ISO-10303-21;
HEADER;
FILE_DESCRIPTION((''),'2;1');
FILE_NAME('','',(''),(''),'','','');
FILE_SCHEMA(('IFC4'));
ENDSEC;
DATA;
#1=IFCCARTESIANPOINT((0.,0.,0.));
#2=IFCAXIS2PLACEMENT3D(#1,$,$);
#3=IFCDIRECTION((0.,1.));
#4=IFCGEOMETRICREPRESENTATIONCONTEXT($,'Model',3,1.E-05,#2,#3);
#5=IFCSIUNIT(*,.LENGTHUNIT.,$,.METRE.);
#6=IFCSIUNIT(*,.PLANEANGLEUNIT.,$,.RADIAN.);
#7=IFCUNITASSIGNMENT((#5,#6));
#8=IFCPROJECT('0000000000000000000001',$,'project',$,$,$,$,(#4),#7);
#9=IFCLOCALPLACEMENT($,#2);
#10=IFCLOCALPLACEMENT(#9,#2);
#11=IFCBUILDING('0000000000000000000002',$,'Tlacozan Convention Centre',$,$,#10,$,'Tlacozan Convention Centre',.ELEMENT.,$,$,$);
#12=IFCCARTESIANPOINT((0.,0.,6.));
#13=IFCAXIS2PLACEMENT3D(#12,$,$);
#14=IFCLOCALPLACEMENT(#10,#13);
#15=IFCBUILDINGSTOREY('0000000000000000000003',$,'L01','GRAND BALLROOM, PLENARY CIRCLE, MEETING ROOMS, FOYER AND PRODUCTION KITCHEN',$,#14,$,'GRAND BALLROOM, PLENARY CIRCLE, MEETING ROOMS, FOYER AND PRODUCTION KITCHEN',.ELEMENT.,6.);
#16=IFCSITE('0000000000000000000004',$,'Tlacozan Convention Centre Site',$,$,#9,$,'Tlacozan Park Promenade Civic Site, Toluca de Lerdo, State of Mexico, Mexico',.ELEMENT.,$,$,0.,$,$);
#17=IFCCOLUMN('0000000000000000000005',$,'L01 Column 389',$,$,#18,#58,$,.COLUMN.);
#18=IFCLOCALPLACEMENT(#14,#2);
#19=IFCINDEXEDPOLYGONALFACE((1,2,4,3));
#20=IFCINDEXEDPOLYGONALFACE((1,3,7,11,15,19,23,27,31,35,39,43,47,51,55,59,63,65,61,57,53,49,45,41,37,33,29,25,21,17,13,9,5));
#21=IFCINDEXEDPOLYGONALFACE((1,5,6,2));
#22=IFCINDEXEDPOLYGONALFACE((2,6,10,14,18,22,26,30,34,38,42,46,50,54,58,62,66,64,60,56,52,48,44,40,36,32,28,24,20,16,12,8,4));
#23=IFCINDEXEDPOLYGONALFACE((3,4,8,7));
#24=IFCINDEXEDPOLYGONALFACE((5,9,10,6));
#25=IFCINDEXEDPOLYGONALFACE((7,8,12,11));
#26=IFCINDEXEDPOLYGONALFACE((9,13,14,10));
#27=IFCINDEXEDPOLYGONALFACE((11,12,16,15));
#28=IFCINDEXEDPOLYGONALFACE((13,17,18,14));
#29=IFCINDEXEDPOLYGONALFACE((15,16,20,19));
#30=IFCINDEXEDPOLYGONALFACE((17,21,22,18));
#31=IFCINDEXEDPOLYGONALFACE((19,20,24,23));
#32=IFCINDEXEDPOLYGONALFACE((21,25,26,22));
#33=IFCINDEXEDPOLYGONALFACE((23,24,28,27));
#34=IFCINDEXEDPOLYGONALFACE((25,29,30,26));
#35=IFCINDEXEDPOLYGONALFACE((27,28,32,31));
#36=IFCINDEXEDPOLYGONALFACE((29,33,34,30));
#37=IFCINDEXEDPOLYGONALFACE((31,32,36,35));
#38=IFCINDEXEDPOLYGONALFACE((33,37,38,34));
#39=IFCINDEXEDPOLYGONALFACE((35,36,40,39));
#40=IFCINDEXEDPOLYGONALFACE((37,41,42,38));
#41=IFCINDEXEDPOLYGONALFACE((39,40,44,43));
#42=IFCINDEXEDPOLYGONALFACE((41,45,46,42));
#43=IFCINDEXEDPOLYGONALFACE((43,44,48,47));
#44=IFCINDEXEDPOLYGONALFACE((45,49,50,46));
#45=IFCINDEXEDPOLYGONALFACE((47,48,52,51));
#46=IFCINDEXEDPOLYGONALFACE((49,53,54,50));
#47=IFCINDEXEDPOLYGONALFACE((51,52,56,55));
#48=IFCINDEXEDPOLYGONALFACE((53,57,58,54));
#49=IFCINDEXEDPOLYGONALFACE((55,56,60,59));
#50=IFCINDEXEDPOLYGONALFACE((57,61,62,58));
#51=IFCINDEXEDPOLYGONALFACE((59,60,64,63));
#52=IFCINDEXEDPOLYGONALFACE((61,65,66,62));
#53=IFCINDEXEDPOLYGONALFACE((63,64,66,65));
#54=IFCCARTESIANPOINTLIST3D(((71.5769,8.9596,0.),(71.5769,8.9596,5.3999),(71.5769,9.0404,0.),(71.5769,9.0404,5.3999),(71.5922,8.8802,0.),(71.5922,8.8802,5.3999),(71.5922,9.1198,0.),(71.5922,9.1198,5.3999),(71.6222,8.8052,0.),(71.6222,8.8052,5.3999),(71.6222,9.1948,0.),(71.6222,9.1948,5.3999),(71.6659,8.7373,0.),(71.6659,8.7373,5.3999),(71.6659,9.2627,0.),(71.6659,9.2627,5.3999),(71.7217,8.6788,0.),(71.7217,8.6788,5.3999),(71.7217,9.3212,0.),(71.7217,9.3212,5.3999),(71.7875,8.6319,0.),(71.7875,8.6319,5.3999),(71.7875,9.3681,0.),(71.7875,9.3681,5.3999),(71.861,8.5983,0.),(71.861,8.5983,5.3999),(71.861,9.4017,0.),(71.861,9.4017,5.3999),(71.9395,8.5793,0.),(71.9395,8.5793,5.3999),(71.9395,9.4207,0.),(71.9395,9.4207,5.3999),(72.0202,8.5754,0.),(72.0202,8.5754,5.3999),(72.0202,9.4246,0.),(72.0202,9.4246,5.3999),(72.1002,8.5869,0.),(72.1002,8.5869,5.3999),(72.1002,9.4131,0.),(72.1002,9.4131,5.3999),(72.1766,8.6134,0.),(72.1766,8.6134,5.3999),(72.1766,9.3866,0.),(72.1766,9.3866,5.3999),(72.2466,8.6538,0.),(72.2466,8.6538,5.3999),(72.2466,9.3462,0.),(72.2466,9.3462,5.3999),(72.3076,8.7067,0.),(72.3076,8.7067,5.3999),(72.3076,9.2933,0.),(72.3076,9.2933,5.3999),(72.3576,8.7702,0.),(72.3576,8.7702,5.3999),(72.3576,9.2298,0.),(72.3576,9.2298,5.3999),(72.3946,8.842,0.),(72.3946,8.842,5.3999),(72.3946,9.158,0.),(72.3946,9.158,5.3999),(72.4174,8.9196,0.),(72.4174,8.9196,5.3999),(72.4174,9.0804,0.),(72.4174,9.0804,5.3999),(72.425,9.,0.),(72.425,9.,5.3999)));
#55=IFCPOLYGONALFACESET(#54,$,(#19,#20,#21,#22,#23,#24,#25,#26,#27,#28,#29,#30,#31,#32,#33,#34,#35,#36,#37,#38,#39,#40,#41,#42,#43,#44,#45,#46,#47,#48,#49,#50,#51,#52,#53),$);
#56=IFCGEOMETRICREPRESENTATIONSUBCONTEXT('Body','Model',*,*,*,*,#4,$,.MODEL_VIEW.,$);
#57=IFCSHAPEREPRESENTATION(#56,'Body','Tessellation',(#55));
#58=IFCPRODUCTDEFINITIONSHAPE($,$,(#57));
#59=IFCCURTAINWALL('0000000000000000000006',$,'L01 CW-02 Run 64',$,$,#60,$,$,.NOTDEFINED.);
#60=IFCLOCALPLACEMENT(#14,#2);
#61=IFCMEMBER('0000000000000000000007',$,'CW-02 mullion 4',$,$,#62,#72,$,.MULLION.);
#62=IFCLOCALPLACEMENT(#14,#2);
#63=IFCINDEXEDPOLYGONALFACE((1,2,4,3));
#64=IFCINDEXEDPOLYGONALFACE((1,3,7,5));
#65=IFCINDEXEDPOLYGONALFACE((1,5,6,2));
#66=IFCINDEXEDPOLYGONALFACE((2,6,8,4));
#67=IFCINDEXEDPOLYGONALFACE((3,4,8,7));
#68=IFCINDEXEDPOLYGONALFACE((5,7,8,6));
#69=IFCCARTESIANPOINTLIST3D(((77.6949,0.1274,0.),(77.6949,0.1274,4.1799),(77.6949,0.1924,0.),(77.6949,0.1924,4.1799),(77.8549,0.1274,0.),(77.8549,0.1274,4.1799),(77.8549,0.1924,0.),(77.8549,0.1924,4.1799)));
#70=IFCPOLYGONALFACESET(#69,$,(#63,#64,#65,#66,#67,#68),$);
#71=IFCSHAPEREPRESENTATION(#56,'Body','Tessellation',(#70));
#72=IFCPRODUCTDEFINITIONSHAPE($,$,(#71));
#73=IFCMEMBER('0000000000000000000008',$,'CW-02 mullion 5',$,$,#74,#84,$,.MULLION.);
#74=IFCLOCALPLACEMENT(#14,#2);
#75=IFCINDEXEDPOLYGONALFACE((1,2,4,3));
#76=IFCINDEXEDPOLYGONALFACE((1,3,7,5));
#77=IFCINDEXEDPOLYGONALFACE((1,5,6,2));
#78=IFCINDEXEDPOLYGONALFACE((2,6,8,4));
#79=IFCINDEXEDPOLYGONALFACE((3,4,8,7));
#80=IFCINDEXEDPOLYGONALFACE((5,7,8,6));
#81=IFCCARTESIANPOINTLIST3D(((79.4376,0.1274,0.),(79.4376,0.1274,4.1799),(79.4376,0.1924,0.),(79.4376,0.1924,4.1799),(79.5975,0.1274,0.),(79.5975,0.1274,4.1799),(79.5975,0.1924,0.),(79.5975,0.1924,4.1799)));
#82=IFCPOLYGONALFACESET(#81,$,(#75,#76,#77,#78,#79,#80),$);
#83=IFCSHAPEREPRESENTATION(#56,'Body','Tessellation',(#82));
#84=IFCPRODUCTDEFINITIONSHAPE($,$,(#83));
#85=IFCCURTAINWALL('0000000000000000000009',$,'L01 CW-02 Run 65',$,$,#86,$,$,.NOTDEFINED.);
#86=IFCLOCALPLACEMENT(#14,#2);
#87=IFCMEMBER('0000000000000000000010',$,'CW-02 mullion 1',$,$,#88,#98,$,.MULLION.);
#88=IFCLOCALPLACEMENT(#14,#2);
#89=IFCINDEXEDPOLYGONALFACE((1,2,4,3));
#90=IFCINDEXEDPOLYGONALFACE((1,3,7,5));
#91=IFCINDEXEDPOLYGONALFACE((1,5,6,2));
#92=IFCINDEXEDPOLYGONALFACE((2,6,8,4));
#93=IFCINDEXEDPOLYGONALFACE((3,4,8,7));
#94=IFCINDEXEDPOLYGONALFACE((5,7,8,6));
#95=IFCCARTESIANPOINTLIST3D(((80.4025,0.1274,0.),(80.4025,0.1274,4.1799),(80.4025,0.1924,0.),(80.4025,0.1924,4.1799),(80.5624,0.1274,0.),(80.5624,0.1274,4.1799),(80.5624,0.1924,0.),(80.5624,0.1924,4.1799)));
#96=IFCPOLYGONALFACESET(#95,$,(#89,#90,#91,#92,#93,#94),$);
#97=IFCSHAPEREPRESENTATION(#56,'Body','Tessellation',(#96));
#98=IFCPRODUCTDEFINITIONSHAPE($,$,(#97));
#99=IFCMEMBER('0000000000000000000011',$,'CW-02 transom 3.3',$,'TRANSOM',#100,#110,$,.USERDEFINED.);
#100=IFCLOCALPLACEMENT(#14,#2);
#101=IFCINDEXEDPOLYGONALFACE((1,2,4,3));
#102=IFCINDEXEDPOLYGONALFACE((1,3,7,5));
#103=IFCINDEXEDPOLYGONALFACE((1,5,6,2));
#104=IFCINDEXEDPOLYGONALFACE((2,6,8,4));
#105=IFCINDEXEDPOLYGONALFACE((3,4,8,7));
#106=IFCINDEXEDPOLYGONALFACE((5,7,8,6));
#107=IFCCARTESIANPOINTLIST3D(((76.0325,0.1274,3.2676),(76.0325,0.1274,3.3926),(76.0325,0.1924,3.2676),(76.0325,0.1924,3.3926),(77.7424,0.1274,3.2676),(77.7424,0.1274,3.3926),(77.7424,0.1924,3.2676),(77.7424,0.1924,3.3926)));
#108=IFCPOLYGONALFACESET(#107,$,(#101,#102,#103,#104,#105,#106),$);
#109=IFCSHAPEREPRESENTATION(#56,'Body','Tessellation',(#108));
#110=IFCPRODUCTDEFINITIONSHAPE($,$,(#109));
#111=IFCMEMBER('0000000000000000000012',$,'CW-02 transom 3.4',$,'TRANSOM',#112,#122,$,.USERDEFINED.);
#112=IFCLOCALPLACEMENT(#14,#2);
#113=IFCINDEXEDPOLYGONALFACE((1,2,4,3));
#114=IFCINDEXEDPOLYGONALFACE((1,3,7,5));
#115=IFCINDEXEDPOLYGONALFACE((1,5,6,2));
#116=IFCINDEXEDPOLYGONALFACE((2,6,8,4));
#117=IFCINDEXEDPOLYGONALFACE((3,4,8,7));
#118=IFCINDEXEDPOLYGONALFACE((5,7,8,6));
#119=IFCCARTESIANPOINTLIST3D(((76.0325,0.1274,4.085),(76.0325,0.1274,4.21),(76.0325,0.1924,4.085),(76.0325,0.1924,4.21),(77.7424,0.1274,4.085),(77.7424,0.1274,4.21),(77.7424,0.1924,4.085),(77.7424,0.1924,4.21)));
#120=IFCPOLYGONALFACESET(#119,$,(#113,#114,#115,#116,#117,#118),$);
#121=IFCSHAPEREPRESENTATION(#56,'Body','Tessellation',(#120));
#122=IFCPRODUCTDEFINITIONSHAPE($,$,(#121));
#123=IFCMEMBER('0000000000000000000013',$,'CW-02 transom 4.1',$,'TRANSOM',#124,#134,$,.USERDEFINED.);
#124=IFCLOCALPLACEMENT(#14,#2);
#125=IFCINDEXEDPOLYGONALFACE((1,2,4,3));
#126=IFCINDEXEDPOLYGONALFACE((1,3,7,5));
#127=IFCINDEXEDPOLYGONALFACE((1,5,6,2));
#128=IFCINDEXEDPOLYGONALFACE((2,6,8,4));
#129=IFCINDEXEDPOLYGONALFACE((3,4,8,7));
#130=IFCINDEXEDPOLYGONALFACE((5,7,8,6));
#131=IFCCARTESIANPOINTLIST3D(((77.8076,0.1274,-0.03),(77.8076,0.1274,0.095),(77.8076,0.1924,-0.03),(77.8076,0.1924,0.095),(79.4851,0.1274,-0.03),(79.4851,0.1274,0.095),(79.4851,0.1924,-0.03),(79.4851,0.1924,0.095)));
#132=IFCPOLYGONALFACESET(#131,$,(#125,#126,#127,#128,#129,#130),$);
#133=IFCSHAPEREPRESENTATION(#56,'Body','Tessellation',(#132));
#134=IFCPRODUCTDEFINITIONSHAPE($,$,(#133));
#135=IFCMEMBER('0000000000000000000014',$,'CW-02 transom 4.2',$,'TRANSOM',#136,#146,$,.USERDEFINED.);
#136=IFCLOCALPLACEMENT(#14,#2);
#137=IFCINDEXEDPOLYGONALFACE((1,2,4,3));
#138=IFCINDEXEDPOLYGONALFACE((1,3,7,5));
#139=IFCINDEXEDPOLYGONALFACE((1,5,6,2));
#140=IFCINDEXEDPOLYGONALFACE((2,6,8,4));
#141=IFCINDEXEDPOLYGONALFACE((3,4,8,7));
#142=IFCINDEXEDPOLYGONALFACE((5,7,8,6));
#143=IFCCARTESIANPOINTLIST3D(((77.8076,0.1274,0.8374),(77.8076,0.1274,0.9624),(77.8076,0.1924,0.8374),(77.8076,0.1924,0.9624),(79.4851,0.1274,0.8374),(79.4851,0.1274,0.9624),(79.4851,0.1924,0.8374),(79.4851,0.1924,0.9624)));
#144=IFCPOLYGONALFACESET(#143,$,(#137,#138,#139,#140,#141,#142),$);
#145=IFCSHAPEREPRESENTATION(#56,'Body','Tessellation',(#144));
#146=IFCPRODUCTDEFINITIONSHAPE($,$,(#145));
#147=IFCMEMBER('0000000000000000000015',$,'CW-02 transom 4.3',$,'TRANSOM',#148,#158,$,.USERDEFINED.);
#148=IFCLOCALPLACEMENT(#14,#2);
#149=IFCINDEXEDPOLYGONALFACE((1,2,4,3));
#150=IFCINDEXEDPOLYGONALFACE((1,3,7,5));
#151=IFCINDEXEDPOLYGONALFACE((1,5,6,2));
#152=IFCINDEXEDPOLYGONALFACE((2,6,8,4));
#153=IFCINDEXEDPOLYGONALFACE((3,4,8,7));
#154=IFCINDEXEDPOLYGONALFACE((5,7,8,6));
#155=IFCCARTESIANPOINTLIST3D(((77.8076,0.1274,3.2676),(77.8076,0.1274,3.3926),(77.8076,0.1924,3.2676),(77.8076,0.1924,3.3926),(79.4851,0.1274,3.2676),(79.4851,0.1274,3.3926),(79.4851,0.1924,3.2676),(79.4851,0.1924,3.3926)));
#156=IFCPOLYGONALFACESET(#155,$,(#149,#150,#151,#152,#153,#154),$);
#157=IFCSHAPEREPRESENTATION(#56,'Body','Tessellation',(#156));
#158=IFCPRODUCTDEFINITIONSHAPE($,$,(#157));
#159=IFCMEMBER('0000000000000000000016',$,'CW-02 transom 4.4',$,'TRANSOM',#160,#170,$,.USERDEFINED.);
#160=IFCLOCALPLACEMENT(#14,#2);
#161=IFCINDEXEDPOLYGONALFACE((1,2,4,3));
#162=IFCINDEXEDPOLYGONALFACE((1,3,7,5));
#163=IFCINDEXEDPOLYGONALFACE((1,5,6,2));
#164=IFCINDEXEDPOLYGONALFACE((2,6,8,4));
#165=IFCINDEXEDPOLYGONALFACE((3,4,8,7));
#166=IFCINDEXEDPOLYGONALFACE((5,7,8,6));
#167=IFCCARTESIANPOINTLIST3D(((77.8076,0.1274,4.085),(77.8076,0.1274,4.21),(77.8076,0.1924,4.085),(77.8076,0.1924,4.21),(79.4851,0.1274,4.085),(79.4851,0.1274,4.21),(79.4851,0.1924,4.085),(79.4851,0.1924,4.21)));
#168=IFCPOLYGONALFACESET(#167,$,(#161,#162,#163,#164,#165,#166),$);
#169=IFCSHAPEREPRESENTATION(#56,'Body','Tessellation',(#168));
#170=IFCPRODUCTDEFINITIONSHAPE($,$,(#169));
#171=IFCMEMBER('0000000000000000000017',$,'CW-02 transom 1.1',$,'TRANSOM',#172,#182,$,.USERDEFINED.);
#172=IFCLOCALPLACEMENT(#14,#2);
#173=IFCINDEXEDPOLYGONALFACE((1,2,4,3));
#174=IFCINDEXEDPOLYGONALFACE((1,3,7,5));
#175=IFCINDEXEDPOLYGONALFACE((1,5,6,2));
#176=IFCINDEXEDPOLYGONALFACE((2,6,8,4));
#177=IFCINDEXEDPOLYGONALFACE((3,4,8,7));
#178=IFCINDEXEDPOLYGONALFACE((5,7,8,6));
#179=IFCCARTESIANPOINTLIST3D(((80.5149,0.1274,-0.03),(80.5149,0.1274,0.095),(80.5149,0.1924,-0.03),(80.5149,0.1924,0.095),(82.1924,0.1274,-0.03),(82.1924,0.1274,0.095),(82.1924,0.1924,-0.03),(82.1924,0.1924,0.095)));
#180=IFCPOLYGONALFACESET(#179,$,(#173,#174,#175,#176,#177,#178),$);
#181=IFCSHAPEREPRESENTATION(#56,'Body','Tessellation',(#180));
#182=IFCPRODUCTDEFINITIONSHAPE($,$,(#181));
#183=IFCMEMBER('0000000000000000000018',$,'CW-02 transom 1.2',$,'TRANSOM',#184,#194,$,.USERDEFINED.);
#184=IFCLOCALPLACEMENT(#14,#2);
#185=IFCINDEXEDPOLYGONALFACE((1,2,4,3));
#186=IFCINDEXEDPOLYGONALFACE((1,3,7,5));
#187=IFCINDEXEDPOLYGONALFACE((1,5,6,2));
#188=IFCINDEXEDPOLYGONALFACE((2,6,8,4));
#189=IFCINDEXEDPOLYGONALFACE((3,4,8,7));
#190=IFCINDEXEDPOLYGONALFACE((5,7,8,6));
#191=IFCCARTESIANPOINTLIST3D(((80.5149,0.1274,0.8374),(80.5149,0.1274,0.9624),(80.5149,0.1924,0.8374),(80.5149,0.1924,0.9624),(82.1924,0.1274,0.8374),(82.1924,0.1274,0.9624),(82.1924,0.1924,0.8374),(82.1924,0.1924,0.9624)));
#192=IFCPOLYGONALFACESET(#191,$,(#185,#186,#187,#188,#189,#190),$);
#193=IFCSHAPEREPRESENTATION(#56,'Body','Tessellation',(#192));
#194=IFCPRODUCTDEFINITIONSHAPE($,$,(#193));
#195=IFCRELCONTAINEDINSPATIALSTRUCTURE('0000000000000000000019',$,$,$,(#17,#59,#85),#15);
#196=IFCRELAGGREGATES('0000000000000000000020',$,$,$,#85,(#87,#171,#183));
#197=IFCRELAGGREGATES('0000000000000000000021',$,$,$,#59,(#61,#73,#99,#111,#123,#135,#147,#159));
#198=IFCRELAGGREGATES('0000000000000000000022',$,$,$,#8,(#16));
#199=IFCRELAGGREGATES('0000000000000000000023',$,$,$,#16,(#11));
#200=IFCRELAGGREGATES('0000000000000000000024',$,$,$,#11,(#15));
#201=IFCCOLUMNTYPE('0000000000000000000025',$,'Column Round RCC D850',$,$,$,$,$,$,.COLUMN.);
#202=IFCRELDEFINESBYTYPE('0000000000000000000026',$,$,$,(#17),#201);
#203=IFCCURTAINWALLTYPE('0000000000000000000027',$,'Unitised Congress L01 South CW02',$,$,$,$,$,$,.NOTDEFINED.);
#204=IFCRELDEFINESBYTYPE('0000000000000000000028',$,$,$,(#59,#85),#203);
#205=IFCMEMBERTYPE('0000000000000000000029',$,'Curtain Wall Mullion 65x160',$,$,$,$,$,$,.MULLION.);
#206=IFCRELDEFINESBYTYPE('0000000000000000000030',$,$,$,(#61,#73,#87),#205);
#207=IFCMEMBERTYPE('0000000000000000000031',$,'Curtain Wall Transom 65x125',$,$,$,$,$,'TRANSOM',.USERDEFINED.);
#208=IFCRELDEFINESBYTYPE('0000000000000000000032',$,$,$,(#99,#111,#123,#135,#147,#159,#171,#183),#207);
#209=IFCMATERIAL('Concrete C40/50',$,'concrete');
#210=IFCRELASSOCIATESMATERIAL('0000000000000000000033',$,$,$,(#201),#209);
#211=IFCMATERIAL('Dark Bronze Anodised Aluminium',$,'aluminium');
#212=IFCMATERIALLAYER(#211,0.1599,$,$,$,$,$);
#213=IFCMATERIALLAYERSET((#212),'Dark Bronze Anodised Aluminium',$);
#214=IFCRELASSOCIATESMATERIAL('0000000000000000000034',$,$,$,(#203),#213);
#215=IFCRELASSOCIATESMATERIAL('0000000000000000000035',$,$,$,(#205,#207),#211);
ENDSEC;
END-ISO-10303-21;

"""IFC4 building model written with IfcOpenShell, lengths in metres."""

from ifc_helpers import new_model, si_unit, direction, frame, origin, origin_2d, place, context, subcontext, project, spatial, rectangle, circle, extrude, material, layer, layer_set, material_profile, profile_set, type_object, element, aggregate, save


model = new_model("IFC4")

# Units and contexts
model_context = context("Model", 3, precision=1e-05, world=origin(), true_north=direction((0.0, 1.0)))
body_context = subcontext(model_context, "Body", "Model", "MODEL_VIEW")
ifc_project = project(units=[si_unit("LENGTHUNIT", "METRE"), si_unit("PLANEANGLEUNIT", "RADIAN")], contexts=[model_context])

# Site, building, storey
site_placement = place(None, origin())
site = spatial("IfcSite", under=ifc_project, at=site_placement, Name="Tlacozan Convention Centre Site", LongName="Tlacozan Park Promenade Civic Site, Toluca de Lerdo, State of Mexico, Mexico", CompositionType="ELEMENT", RefElevation=0.0)
building_placement = place(site_placement, origin())
building = spatial("IfcBuilding", under=site, at=building_placement, Name="Tlacozan Convention Centre", LongName="Tlacozan Convention Centre", CompositionType="ELEMENT")
storey_placement = place(building_placement, frame((0.0, 0.0, 6.0)))
storey = spatial("IfcBuildingStorey", under=building, at=storey_placement, Name="L01", Description="GRAND BALLROOM, PLENARY CIRCLE, MEETING ROOMS, FOYER AND PRODUCTION KITCHEN", LongName="GRAND BALLROOM, PLENARY CIRCLE, MEETING ROOMS, FOYER AND PRODUCTION KITCHEN", CompositionType="ELEMENT", Elevation=6.0)

# Column
ifc_material_1 = material(Name="Concrete C40/50", Category="concrete")
ifc_material_profile_1 = material_profile(ifc_material_1, circle(Radius=0.425, at=origin_2d()), Name="RCC D850")
ifc_profile_set_1 = profile_set([ifc_material_profile_1], Name="Concrete C40/50")
column_type = type_object("IfcColumnType", Name="Column Round RCC D850", PredefinedType="COLUMN", material=ifc_profile_set_1)
column_placement = place(storey_placement, frame((72.0, 9.0, 0.0), z_axis=(0.0, 0.0, 1.0), x_axis=(1.0, 0.0, 0.0)))
element("IfcColumn", 1, at=column_placement, inside=storey, type_object=column_type, Name="L01 Column 389", PredefinedType="COLUMN", context=body_context, shape_type="SweptSolid", body=[
    extrude(circle(Radius=0.425, at=origin_2d()), origin(), (0.0, 0.0, 1.0), 5.3999),
])

# Curtain wall, members
ifc_material_2 = material(Name="Dark Bronze Anodised Aluminium", Category="aluminium")
ifc_layer_1 = layer(ifc_material_2, 0.1599)
ifc_layer_set_1 = layer_set([ifc_layer_1], Name="Dark Bronze Anodised Aluminium")
curtain_wall_type = type_object("IfcCurtainWallType", Name="Unitised Congress L01 South CW02", PredefinedType="NOTDEFINED", material=ifc_layer_set_1)
curtain_wall_1_placement = place(storey_placement, origin())
curtain_wall_1 = element("IfcCurtainWall", 2, at=curtain_wall_1_placement, inside=storey, type_object=curtain_wall_type, Name="L01 CW-02 Run 64", PredefinedType="NOTDEFINED")
ifc_material_profile_2 = material_profile(ifc_material_2, rectangle(XDim=0.0649, YDim=0.1599, at=origin_2d()), Name="ALU 65x160")
ifc_profile_set_2 = profile_set([ifc_material_profile_2], Name="Dark Bronze Anodised Aluminium")
member_type_1 = type_object("IfcMemberType", Name="Curtain Wall Mullion 65x160", PredefinedType="MULLION", material=ifc_profile_set_2)
member_1_placement = place(storey_placement, frame((77.7749, 0.1599, 0.0), z_axis=(0.0, 0.0, 1.0), x_axis=(0.0, 1.0, 0.0)))
member_1 = element("IfcMember", 3, at=member_1_placement, type_object=member_type_1, Name="CW-02 mullion 4", PredefinedType="MULLION", context=body_context, shape_type="SweptSolid", body=[
    extrude(rectangle(XDim=0.0649, YDim=0.1599, at=origin_2d()), origin(), (0.0, 0.0, 1.0), 4.1799),
])
member_2_placement = place(storey_placement, frame((79.5176, 0.1599, 0.0), z_axis=(0.0, 0.0, 1.0), x_axis=(0.0, 1.0, 0.0)))
member_2 = element("IfcMember", 4, at=member_2_placement, type_object=member_type_1, Name="CW-02 mullion 5", PredefinedType="MULLION", context=body_context, shape_type="SweptSolid", body=[
    extrude(rectangle(XDim=0.0649, YDim=0.1599, at=origin_2d()), origin(), (0.0, 0.0, 1.0), 4.1799),
])

# Curtain wall, member
curtain_wall_2_placement = place(storey_placement, origin())
curtain_wall_2 = element("IfcCurtainWall", 5, at=curtain_wall_2_placement, inside=storey, type_object=curtain_wall_type, Name="L01 CW-02 Run 65", PredefinedType="NOTDEFINED")
member_3_placement = place(storey_placement, frame((80.4824, 0.1599, 0.0), z_axis=(0.0, 0.0, 1.0), x_axis=(0.0, 1.0, 0.0)))
member_3 = element("IfcMember", 6, at=member_3_placement, type_object=member_type_1, Name="CW-02 mullion 1", PredefinedType="MULLION", context=body_context, shape_type="SweptSolid", body=[
    extrude(rectangle(XDim=0.0649, YDim=0.1599, at=origin_2d()), origin(), (0.0, 0.0, 1.0), 4.1799),
])

# Members
ifc_material_profile_3 = material_profile(ifc_material_2, rectangle(XDim=0.0649, YDim=0.125, at=origin_2d()), Name="ALU 65x125")
ifc_profile_set_3 = profile_set([ifc_material_profile_3], Name="Dark Bronze Anodised Aluminium")
member_type_2 = type_object("IfcMemberType", Name="Curtain Wall Transom 65x125", ElementType="TRANSOM", PredefinedType="USERDEFINED", material=ifc_profile_set_3)
member_4_placement = place(storey_placement, frame((76.0325, 0.1599, 3.3301), z_axis=(1.0, 0.0, 0.0), x_axis=(0.0, 1.0, 0.0)))
member_4 = element("IfcMember", 7, at=member_4_placement, type_object=member_type_2, Name="CW-02 transom 3.3", ObjectType="TRANSOM", PredefinedType="USERDEFINED", context=body_context, shape_type="SweptSolid", body=[
    extrude(rectangle(XDim=0.0649, YDim=0.125, at=origin_2d()), origin(), (0.0, 0.0, 1.0), 1.71),
])
member_5_placement = place(storey_placement, frame((76.0325, 0.1599, 4.1475), z_axis=(1.0, 0.0, 0.0), x_axis=(0.0, 1.0, 0.0)))
member_5 = element("IfcMember", 8, at=member_5_placement, type_object=member_type_2, Name="CW-02 transom 3.4", ObjectType="TRANSOM", PredefinedType="USERDEFINED", context=body_context, shape_type="SweptSolid", body=[
    extrude(rectangle(XDim=0.0649, YDim=0.125, at=origin_2d()), origin(), (0.0, 0.0, 1.0), 1.71),
])
member_6_placement = place(storey_placement, frame((77.8076, 0.1599, 0.0325), z_axis=(1.0, 0.0, 0.0), x_axis=(0.0, 1.0, 0.0)))
member_6 = element("IfcMember", 9, at=member_6_placement, type_object=member_type_2, Name="CW-02 transom 4.1", ObjectType="TRANSOM", PredefinedType="USERDEFINED", context=body_context, shape_type="SweptSolid", body=[
    extrude(rectangle(XDim=0.0649, YDim=0.125, at=origin_2d()), origin(), (0.0, 0.0, 1.0), 1.6775),
])
member_7_placement = place(storey_placement, frame((77.8076, 0.1599, 0.8999), z_axis=(1.0, 0.0, 0.0), x_axis=(0.0, 1.0, 0.0)))
member_7 = element("IfcMember", 10, at=member_7_placement, type_object=member_type_2, Name="CW-02 transom 4.2", ObjectType="TRANSOM", PredefinedType="USERDEFINED", context=body_context, shape_type="SweptSolid", body=[
    extrude(rectangle(XDim=0.0649, YDim=0.125, at=origin_2d()), origin(), (0.0, 0.0, 1.0), 1.6775),
])
member_8_placement = place(storey_placement, frame((77.8076, 0.1599, 3.3301), z_axis=(1.0, 0.0, 0.0), x_axis=(0.0, 1.0, 0.0)))
member_8 = element("IfcMember", 11, at=member_8_placement, type_object=member_type_2, Name="CW-02 transom 4.3", ObjectType="TRANSOM", PredefinedType="USERDEFINED", context=body_context, shape_type="SweptSolid", body=[
    extrude(rectangle(XDim=0.0649, YDim=0.125, at=origin_2d()), origin(), (0.0, 0.0, 1.0), 1.6775),
])
member_9_placement = place(storey_placement, frame((77.8076, 0.1599, 4.1475), z_axis=(1.0, 0.0, 0.0), x_axis=(0.0, 1.0, 0.0)))
member_9 = element("IfcMember", 12, at=member_9_placement, type_object=member_type_2, Name="CW-02 transom 4.4", ObjectType="TRANSOM", PredefinedType="USERDEFINED", context=body_context, shape_type="SweptSolid", body=[
    extrude(rectangle(XDim=0.0649, YDim=0.125, at=origin_2d()), origin(), (0.0, 0.0, 1.0), 1.6775),
])
member_10_placement = place(storey_placement, frame((80.5149, 0.1599, 0.0325), z_axis=(1.0, 0.0, 0.0), x_axis=(0.0, 1.0, 0.0)))
member_10 = element("IfcMember", 13, at=member_10_placement, type_object=member_type_2, Name="CW-02 transom 1.1", ObjectType="TRANSOM", PredefinedType="USERDEFINED", context=body_context, shape_type="SweptSolid", body=[
    extrude(rectangle(XDim=0.0649, YDim=0.125, at=origin_2d()), origin(), (0.0, 0.0, 1.0), 1.6775),
])
member_11_placement = place(storey_placement, frame((80.5149, 0.1599, 0.8999), z_axis=(1.0, 0.0, 0.0), x_axis=(0.0, 1.0, 0.0)))
member_11 = element("IfcMember", 14, at=member_11_placement, type_object=member_type_2, Name="CW-02 transom 1.2", ObjectType="TRANSOM", PredefinedType="USERDEFINED", context=body_context, shape_type="SweptSolid", body=[
    extrude(rectangle(XDim=0.0649, YDim=0.125, at=origin_2d()), origin(), (0.0, 0.0, 1.0), 1.6775),
])
aggregate(curtain_wall_2, [member_3, member_10, member_11])

aggregate(curtain_wall_1, [member_1, member_2, member_4, member_5, member_6, member_7, member_8, member_9])

save(model, "model.ifc")
